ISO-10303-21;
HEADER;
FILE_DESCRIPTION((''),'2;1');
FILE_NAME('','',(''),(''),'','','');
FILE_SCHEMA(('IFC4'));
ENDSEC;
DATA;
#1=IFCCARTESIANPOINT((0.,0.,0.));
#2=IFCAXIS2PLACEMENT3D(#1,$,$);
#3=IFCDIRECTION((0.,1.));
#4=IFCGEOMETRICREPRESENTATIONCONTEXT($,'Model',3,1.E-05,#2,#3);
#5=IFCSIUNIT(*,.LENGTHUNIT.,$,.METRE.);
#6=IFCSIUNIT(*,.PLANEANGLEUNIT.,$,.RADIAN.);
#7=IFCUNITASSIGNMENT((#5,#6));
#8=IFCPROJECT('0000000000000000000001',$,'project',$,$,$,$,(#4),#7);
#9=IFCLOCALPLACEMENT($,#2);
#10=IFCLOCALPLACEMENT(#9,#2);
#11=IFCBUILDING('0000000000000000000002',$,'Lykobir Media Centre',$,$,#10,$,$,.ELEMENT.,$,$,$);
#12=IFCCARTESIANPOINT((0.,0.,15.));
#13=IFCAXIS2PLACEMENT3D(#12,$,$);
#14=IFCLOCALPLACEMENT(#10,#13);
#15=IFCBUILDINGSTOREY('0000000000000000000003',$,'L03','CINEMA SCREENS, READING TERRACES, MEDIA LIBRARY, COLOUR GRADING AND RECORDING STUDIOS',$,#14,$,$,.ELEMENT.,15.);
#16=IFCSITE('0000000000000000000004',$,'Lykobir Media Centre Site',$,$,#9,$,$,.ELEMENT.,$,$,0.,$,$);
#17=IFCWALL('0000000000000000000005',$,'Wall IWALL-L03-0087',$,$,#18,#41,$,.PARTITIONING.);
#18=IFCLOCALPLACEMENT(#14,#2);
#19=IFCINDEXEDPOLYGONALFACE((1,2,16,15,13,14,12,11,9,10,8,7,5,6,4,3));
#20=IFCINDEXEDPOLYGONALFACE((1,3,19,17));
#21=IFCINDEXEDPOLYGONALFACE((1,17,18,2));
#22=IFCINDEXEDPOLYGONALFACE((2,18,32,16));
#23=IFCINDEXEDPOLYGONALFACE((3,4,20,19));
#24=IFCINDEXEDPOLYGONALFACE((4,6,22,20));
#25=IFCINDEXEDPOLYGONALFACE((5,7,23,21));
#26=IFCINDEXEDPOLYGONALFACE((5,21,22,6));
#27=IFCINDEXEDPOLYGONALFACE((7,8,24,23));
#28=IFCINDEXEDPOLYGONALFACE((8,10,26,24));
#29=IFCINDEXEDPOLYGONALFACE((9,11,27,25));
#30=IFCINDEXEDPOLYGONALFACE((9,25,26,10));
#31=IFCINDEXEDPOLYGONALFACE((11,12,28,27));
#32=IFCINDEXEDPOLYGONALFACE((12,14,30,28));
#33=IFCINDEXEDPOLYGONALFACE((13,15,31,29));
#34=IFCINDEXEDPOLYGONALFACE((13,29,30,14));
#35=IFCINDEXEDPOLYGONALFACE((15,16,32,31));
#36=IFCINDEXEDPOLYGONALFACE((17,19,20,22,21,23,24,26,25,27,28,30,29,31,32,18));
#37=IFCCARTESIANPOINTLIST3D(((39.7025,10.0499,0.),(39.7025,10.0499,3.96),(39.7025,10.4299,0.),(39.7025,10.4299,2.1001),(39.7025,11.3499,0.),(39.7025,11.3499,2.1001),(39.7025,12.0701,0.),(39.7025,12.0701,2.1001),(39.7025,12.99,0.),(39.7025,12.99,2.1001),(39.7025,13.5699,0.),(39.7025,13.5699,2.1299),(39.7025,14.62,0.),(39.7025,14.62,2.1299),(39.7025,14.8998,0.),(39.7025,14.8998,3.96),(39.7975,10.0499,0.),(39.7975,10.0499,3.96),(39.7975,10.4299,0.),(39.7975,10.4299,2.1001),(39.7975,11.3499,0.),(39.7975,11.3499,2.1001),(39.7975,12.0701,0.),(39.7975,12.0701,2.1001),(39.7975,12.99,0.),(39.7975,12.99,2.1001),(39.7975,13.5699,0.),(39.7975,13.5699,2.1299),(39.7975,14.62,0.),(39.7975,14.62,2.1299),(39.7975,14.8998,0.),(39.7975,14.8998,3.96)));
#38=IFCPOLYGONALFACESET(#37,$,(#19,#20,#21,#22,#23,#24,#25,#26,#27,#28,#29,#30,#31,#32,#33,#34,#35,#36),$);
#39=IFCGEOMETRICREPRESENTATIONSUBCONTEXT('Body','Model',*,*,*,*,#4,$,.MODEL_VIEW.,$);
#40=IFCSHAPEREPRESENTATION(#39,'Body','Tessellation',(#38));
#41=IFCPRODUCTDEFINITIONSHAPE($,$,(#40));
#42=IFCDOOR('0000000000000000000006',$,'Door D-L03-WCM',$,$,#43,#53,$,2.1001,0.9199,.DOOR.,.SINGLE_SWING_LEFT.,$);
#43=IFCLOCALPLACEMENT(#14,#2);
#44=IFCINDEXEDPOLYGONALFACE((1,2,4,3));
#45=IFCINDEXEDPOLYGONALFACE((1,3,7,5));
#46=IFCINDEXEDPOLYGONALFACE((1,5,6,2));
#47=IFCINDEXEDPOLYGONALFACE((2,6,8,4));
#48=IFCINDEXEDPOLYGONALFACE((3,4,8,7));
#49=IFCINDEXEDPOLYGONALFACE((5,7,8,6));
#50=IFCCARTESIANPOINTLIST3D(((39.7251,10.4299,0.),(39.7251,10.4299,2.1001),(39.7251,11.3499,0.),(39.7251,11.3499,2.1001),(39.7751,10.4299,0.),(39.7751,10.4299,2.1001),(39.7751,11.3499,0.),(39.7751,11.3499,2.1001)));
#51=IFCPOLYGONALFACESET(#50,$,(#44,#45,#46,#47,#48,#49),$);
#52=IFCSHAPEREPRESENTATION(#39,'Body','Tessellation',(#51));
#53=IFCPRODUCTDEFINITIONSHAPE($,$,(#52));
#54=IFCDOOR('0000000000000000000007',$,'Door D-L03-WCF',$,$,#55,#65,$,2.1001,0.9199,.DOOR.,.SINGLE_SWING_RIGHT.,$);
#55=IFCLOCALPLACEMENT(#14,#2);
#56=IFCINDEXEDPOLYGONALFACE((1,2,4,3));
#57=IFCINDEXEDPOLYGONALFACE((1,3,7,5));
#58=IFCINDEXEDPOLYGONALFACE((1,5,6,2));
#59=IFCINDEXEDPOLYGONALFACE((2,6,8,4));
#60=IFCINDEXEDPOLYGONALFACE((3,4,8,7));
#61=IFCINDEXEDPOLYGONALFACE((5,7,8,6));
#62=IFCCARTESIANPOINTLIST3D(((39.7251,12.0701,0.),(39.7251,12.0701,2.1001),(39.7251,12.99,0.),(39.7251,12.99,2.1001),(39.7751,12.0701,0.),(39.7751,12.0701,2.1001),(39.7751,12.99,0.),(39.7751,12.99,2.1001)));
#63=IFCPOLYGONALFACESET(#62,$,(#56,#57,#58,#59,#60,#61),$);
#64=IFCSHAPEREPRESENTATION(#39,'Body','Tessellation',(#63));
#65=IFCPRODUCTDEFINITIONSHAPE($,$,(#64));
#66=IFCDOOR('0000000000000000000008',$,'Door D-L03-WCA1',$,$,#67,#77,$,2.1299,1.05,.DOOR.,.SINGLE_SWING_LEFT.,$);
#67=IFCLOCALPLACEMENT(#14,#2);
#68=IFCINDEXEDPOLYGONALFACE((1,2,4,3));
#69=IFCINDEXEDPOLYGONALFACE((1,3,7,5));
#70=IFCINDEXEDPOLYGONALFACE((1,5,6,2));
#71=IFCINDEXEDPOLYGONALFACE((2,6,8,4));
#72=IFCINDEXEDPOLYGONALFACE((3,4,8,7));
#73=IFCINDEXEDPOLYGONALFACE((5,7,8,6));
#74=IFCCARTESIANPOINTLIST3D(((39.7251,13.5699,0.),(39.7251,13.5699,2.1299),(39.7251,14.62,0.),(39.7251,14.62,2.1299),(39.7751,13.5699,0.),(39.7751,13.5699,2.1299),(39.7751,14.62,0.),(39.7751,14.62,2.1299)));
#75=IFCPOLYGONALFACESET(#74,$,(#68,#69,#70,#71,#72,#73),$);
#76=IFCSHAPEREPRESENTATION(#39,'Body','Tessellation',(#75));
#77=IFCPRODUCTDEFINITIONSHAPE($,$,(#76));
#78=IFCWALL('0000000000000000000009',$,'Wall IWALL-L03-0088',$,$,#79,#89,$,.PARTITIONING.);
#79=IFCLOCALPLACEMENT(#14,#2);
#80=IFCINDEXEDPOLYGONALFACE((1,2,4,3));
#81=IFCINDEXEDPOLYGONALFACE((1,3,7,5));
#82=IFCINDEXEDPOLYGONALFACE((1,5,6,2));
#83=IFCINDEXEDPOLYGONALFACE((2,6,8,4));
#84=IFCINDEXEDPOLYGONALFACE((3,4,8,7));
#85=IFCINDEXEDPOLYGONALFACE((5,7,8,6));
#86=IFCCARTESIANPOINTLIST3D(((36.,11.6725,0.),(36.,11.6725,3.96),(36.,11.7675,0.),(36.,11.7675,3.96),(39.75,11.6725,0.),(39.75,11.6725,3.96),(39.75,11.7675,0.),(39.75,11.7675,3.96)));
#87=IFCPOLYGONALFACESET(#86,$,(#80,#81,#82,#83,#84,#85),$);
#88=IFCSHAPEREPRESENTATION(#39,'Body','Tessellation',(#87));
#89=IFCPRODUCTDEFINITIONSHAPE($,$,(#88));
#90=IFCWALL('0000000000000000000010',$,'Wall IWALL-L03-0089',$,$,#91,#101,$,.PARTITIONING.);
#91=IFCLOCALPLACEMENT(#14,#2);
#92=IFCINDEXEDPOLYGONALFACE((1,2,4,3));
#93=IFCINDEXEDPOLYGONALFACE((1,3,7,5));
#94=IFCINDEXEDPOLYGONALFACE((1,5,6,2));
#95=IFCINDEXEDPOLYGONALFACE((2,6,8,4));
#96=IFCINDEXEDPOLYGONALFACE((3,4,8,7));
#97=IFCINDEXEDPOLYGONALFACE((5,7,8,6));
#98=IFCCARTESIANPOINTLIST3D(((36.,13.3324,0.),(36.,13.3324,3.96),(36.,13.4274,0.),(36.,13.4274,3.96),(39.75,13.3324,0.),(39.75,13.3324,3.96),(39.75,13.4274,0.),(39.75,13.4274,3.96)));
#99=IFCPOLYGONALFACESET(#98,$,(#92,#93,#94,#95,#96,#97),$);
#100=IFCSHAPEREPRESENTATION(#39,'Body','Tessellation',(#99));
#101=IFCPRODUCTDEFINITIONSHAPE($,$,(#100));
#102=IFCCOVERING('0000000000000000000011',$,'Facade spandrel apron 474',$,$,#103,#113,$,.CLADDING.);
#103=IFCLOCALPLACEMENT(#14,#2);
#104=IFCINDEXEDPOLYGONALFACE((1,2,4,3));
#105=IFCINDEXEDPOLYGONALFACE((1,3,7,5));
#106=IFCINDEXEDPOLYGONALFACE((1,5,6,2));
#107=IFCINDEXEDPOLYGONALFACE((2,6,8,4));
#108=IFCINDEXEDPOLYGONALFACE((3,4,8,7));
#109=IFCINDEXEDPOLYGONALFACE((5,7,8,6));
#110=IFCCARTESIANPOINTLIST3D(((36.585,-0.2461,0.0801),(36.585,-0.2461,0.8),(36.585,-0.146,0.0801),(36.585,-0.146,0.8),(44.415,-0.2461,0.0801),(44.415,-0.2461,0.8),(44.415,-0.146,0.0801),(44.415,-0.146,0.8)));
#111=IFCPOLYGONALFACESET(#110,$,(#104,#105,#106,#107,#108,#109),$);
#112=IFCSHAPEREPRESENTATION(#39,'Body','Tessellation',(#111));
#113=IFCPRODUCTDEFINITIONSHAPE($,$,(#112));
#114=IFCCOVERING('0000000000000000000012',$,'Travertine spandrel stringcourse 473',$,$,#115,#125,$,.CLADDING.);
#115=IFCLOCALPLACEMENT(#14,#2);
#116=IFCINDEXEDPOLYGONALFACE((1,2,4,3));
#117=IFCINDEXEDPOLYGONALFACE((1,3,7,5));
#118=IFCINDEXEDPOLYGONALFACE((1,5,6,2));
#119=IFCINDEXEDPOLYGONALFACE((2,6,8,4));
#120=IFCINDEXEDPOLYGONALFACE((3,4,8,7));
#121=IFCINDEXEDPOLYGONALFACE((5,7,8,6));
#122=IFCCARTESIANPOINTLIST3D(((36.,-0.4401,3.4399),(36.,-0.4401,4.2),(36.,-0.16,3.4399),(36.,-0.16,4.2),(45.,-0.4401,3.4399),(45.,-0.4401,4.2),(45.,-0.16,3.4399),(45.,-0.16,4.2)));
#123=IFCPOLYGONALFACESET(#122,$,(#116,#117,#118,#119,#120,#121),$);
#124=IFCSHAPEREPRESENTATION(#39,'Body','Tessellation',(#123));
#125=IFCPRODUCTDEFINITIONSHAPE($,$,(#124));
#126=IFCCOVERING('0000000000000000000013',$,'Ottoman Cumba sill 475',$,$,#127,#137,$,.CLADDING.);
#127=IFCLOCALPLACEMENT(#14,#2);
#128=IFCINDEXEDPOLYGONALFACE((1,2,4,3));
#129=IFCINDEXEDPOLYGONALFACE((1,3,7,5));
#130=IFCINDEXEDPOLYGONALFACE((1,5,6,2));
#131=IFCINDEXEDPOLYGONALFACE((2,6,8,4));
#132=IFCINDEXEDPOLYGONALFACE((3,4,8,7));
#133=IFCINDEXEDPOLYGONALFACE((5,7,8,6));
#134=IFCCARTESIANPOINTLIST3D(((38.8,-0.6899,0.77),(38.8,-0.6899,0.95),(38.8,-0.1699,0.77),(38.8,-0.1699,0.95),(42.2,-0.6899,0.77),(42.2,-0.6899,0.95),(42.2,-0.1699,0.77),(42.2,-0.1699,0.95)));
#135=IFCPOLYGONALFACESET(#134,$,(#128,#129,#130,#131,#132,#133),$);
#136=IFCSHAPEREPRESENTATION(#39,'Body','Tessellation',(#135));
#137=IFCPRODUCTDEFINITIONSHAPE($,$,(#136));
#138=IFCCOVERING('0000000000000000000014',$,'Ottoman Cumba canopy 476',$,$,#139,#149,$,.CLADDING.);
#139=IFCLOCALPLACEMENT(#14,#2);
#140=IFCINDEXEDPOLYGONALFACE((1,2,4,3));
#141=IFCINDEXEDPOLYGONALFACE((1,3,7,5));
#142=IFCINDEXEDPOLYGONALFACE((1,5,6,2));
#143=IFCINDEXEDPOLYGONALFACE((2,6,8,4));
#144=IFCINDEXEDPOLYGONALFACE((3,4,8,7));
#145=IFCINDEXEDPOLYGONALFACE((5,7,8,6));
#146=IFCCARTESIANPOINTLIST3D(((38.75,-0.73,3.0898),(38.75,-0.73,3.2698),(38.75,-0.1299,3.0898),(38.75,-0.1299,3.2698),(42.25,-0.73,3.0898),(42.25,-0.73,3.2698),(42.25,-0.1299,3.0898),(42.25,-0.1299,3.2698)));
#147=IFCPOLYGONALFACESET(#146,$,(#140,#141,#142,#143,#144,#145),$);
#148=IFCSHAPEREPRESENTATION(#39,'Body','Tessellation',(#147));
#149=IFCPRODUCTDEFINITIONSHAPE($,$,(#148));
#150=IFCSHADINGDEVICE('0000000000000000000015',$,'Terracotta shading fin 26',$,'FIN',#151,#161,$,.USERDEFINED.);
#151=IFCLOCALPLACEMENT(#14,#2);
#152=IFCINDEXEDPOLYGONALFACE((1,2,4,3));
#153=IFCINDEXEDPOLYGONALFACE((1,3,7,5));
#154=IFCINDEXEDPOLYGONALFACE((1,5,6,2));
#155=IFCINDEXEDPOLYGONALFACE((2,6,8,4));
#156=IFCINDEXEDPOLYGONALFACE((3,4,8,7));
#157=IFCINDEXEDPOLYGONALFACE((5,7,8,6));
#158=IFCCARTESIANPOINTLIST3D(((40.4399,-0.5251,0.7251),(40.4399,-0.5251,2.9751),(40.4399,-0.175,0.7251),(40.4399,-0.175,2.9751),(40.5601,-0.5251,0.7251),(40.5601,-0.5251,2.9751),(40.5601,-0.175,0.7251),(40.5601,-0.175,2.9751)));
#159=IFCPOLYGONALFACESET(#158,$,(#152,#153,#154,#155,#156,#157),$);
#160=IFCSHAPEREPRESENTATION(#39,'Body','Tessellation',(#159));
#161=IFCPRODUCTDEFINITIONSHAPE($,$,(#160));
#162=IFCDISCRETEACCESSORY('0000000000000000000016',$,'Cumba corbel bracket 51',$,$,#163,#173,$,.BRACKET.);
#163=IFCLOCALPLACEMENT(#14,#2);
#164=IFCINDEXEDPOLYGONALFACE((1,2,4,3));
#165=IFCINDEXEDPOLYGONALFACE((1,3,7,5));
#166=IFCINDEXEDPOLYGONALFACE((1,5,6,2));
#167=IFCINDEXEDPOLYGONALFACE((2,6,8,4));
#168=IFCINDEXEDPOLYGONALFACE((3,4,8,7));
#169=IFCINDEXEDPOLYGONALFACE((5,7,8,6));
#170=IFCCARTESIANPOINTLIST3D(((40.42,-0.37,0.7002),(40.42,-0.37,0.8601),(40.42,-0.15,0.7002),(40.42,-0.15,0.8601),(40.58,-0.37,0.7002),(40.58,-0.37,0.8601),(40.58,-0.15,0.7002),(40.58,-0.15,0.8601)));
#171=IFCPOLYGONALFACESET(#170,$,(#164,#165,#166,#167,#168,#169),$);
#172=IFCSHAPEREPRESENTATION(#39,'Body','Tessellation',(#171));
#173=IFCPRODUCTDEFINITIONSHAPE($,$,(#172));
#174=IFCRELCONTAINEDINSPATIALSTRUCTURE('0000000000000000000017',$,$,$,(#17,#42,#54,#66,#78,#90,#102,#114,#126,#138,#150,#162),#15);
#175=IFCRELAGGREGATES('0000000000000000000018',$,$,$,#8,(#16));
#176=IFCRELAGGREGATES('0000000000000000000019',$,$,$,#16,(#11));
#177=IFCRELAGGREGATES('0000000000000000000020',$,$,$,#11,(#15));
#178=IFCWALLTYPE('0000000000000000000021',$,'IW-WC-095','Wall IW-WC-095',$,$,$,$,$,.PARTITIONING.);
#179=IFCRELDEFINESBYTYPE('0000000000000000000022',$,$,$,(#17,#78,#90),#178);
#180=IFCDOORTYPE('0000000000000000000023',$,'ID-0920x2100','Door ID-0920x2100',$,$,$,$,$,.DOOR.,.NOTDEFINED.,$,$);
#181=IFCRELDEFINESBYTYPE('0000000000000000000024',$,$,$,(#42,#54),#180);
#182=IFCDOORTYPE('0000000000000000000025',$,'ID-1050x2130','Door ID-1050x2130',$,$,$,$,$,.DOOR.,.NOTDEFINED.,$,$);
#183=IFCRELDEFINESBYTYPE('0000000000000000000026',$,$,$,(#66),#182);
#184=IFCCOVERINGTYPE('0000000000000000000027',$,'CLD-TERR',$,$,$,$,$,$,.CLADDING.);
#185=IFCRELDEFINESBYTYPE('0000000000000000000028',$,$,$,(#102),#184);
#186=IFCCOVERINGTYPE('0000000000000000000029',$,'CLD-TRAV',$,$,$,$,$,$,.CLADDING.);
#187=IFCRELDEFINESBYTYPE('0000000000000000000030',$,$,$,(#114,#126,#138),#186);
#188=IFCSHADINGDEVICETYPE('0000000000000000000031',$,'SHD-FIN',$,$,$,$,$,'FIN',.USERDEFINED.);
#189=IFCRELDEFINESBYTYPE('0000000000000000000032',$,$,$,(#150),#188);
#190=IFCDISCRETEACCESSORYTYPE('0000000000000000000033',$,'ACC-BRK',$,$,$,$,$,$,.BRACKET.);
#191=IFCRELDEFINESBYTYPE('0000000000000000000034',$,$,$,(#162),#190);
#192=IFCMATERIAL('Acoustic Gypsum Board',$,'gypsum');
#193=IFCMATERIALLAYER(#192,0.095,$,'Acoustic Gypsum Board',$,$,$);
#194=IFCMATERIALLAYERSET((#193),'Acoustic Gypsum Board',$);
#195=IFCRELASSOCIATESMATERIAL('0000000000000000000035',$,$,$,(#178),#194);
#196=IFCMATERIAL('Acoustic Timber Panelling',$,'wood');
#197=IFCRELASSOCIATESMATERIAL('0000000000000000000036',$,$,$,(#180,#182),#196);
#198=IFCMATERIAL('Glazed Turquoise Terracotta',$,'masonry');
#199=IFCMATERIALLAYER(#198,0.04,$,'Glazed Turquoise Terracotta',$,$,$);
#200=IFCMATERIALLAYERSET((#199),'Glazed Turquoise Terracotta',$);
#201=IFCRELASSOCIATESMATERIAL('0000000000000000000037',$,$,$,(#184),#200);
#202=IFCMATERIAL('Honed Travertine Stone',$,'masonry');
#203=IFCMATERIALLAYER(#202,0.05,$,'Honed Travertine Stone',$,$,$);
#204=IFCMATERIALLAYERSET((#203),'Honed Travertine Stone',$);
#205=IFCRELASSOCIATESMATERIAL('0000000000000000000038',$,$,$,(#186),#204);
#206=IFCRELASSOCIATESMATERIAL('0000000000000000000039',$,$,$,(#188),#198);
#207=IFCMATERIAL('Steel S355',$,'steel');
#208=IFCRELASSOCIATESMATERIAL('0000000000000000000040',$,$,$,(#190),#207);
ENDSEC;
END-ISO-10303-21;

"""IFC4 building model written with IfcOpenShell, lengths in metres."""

from ifc_helpers import new_model, si_unit, direction, frame, frame_2d, origin, origin_2d, place, context, subcontext, project, spatial, rectangle, extrude, material, layer, layer_set, type_object, element, fill, save


model = new_model("IFC4")

# Units and contexts
model_context = context("Model", 3, precision=1e-05, world=origin(), true_north=direction((0.0, 1.0)))
body_context = subcontext(model_context, "Body", "Model", "MODEL_VIEW")
ifc_project = project(units=[si_unit("LENGTHUNIT", "METRE"), si_unit("PLANEANGLEUNIT", "RADIAN")], contexts=[model_context])

# Site, building, storey
site_placement = place(None, origin())
site = spatial("IfcSite", under=ifc_project, at=site_placement, Name="Lykobir Media Centre Site", CompositionType="ELEMENT", RefElevation=0.0)
building_placement = place(site_placement, origin())
building = spatial("IfcBuilding", under=site, at=building_placement, Name="Lykobir Media Centre", CompositionType="ELEMENT")
storey_placement = place(building_placement, frame((0.0, 0.0, 15.0)))
storey = spatial("IfcBuildingStorey", under=building, at=storey_placement, Name="L03", Description="CINEMA SCREENS, READING TERRACES, MEDIA LIBRARY, COLOUR GRADING AND RECORDING STUDIOS", CompositionType="ELEMENT", Elevation=15.0)

# Shared definitions
ifc_material_1 = material(Name="Steel S355", Category="steel")

# Shared definitions
ifc_material_2 = material(Name="Acoustic Gypsum Board", Category="gypsum")

# Shared definitions
ifc_material_3 = material(Name="Acoustic Timber Panelling", Category="wood")

# Wall, openings, doors
ifc_layer_1 = layer(ifc_material_2, 0.095, Name="Acoustic Gypsum Board")
ifc_layer_set_1 = layer_set([ifc_layer_1], Name="Acoustic Gypsum Board")
wall_type_1 = type_object("IfcWallType", Name="IW-WC-095", Description="Wall IW-WC-095", PredefinedType="PARTITIONING", material=ifc_layer_set_1)
wall_1_placement = place(storey_placement, frame((39.75, 10.05, 0.0), z_axis=(0.0, 0.0, 1.0), x_axis=(0.0, 1.0, 0.0)))
wall_1 = element("IfcWall", 1, at=wall_1_placement, inside=storey, type_object=wall_type_1, Name="Wall IWALL-L03-0087", PredefinedType="PARTITIONING", context=body_context, shape_type="SweptSolid", body=[
    extrude(rectangle(XDim=4.8499, YDim=0.095, at=frame_2d((2.4248, 0.0))), origin(), (0.0, 0.0, 1.0), 3.96),
])
opening_1_placement = place(wall_1_placement, frame((0.3799, 0.0, 0.0)))
opening_1 = element("IfcOpeningElement", 2, at=opening_1_placement, cuts=wall_1, PredefinedType="OPENING", context=body_context, shape_type="SweptSolid", body=[
    extrude(rectangle(XDim=0.9199, YDim=2.1001, at=frame_2d((0.46, 1.05))), frame((0.0, 0.0574, 0.0), z_axis=(0.0, -1.0, 0.0), x_axis=(1.0, 0.0, 0.0)), (0.0, 0.0, 1.0), 0.115),
])
opening_2_placement = place(wall_1_placement, frame((2.02, 0.0, 0.0)))
opening_2 = element("IfcOpeningElement", 3, at=opening_2_placement, cuts=wall_1, PredefinedType="OPENING", context=body_context, shape_type="SweptSolid", body=[
    extrude(rectangle(XDim=0.9199, YDim=2.1001, at=frame_2d((0.46, 1.05))), frame((0.0, 0.0574, 0.0), z_axis=(0.0, -1.0, 0.0), x_axis=(1.0, 0.0, 0.0)), (0.0, 0.0, 1.0), 0.115),
])
opening_3_placement = place(wall_1_placement, frame((3.52, 0.0, 0.0)))
opening_3 = element("IfcOpeningElement", 4, at=opening_3_placement, cuts=wall_1, PredefinedType="OPENING", context=body_context, shape_type="SweptSolid", body=[
    extrude(rectangle(XDim=1.05, YDim=2.1299, at=frame_2d((0.5249, 1.0649))), frame((0.0, 0.0574, 0.0), z_axis=(0.0, -1.0, 0.0), x_axis=(1.0, 0.0, 0.0)), (0.0, 0.0, 1.0), 0.115),
])
door_type_1 = type_object("IfcDoorType", Name="ID-0920x2100", Description="Door ID-0920x2100", OperationType="NOTDEFINED", PredefinedType="DOOR", material=ifc_material_3)
door_1_placement = place(opening_1_placement, origin())
door_1 = element("IfcDoor", 5, at=door_1_placement, inside=storey, type_object=door_type_1, Name="Door D-L03-WCM", OperationType="SINGLE_SWING_LEFT", OverallHeight=2.1001, OverallWidth=0.9199, PredefinedType="DOOR", context=body_context, shape_type="SweptSolid", body=[
    extrude(rectangle(XDim=0.9199, YDim=2.1001, at=frame_2d((0.46, 1.05))), frame((0.0, 0.0249, 0.0), z_axis=(0.0, -1.0, 0.0), x_axis=(1.0, 0.0, 0.0)), (0.0, 0.0, 1.0), 0.05),
])
fill(opening_1, door_1)
door_2_placement = place(opening_2_placement, origin())
door_2 = element("IfcDoor", 6, at=door_2_placement, inside=storey, type_object=door_type_1, Name="Door D-L03-WCF", OperationType="SINGLE_SWING_RIGHT", OverallHeight=2.1001, OverallWidth=0.9199, PredefinedType="DOOR", context=body_context, shape_type="SweptSolid", body=[
    extrude(rectangle(XDim=0.9199, YDim=2.1001, at=frame_2d((0.46, 1.05))), frame((0.0, 0.0249, 0.0), z_axis=(0.0, -1.0, 0.0), x_axis=(1.0, 0.0, 0.0)), (0.0, 0.0, 1.0), 0.05),
])
fill(opening_2, door_2)
door_type_2 = type_object("IfcDoorType", Name="ID-1050x2130", Description="Door ID-1050x2130", OperationType="NOTDEFINED", PredefinedType="DOOR", material=ifc_material_3)
door_3_placement = place(opening_3_placement, origin())
door_3 = element("IfcDoor", 7, at=door_3_placement, inside=storey, type_object=door_type_2, Name="Door D-L03-WCA1", OperationType="SINGLE_SWING_LEFT", OverallHeight=2.1299, OverallWidth=1.05, PredefinedType="DOOR", context=body_context, shape_type="SweptSolid", body=[
    extrude(rectangle(XDim=1.05, YDim=2.1299, at=frame_2d((0.5249, 1.0649))), frame((0.0, 0.0249, 0.0), z_axis=(0.0, -1.0, 0.0), x_axis=(1.0, 0.0, 0.0)), (0.0, 0.0, 1.0), 0.05),
])
fill(opening_3, door_3)

# Walls
for number, where, z_axis, x_axis, name in (
    (8, (36.0, 11.72, 0.0), (0.0, 0.0, 1.0), (1.0, 0.0, 0.0), "Wall IWALL-L03-0088"),
    (9, (36.0, 13.3799, 0.0), (0.0, 0.0, 1.0), (1.0, 0.0, 0.0), "Wall IWALL-L03-0089"),
):
    element("IfcWall", number, at=place(storey_placement, frame(where, z_axis=z_axis, x_axis=x_axis)), inside=storey, type_object=wall_type_1, Name=name, PredefinedType="PARTITIONING", context=body_context, shape_type="SweptSolid", body=[
        extrude(rectangle(XDim=3.75, YDim=0.095, at=frame_2d((1.875, 0.0))), origin(), (0.0, 0.0, 1.0), 3.96),
    ])

# Coverings
ifc_material_4 = material(Name="Glazed Turquoise Terracotta", Category="masonry")
ifc_layer_2 = layer(ifc_material_4, 0.04, Name="Glazed Turquoise Terracotta")
ifc_layer_set_2 = layer_set([ifc_layer_2], Name="Glazed Turquoise Terracotta")
covering_type_1 = type_object("IfcCoveringType", Name="CLD-TERR", PredefinedType="CLADDING", material=ifc_layer_set_2)
covering_1_placement = place(storey_placement, frame((40.5, -0.196, 0.0801), z_axis=(0.0, 0.0, 1.0), x_axis=(1.0, 0.0, 0.0)))
element("IfcCovering", 10, at=covering_1_placement, inside=storey, type_object=covering_type_1, Name="Facade spandrel apron 474", PredefinedType="CLADDING", context=body_context, shape_type="SweptSolid", body=[
    extrude(rectangle(XDim=7.8301, YDim=0.1001, at=origin_2d()), origin(), (0.0, 0.0, 1.0), 0.72),
])
ifc_material_5 = material(Name="Honed Travertine Stone", Category="masonry")
ifc_layer_3 = layer(ifc_material_5, 0.05, Name="Honed Travertine Stone")
ifc_layer_set_3 = layer_set([ifc_layer_3], Name="Honed Travertine Stone")
covering_type_2 = type_object("IfcCoveringType", Name="CLD-TRAV", PredefinedType="CLADDING", material=ifc_layer_set_3)
covering_2_placement = place(storey_placement, frame((40.5, -0.3, 3.4399), z_axis=(0.0, 0.0, 1.0), x_axis=(1.0, 0.0, 0.0)))
element("IfcCovering", 11, at=covering_2_placement, inside=storey, type_object=covering_type_2, Name="Travertine spandrel stringcourse 473", PredefinedType="CLADDING", context=body_context, shape_type="SweptSolid", body=[
    extrude(rectangle(XDim=9.0, YDim=0.28, at=origin_2d()), origin(), (0.0, 0.0, 1.0), 0.76),
])
covering_3_placement = place(storey_placement, frame((40.5, -0.4299, 0.77), z_axis=(0.0, 0.0, 1.0), x_axis=(1.0, 0.0, 0.0)))
element("IfcCovering", 12, at=covering_3_placement, inside=storey, type_object=covering_type_2, Name="Ottoman Cumba sill 475", PredefinedType="CLADDING", context=body_context, shape_type="SweptSolid", body=[
    extrude(rectangle(XDim=3.3999, YDim=0.52, at=origin_2d()), origin(), (0.0, 0.0, 1.0), 0.1799),
])
covering_4_placement = place(storey_placement, frame((40.5, -0.4299, 3.0898), z_axis=(0.0, 0.0, 1.0), x_axis=(1.0, 0.0, 0.0)))
element("IfcCovering", 13, at=covering_4_placement, inside=storey, type_object=covering_type_2, Name="Ottoman Cumba canopy 476", PredefinedType="CLADDING", context=body_context, shape_type="SweptSolid", body=[
    extrude(rectangle(XDim=3.5, YDim=0.6001, at=origin_2d()), origin(), (0.0, 0.0, 1.0), 0.1799),
])

# Shading device
shading_device_type = type_object("IfcShadingDeviceType", Name="SHD-FIN", ElementType="FIN", PredefinedType="USERDEFINED", material=ifc_material_4)
shading_device_placement = place(storey_placement, frame((40.5, -0.3501, 0.7251), z_axis=(0.0, 0.0, 1.0), x_axis=(1.0, 0.0, 0.0)))
element("IfcShadingDevice", 14, at=shading_device_placement, inside=storey, type_object=shading_device_type, Name="Terracotta shading fin 26", ObjectType="FIN", PredefinedType="USERDEFINED", context=body_context, shape_type="SweptSolid", body=[
    extrude(rectangle(XDim=0.1201, YDim=0.3501, at=origin_2d()), origin(), (0.0, 0.0, 1.0), 2.25),
])

# Discrete accessory
discrete_accessory_type = type_object("IfcDiscreteAccessoryType", Name="ACC-BRK", PredefinedType="BRACKET", material=ifc_material_1)
for number, where, z_axis, x_axis, name in (
    (15, (40.5, -0.26, 0.7002), (0.0, 0.0, 1.0), (1.0, 0.0, 0.0), "Cumba corbel bracket 51"),
):
    element("IfcDiscreteAccessory", number, at=place(storey_placement, frame(where, z_axis=z_axis, x_axis=x_axis)), inside=storey, type_object=discrete_accessory_type, Name=name, PredefinedType="BRACKET", context=body_context, shape_type="SweptSolid", body=[
        extrude(rectangle(XDim=0.1599, YDim=0.22, at=origin_2d()), origin(), (0.0, 0.0, 1.0), 0.1599),
    ])

save(model, "model.ifc")
